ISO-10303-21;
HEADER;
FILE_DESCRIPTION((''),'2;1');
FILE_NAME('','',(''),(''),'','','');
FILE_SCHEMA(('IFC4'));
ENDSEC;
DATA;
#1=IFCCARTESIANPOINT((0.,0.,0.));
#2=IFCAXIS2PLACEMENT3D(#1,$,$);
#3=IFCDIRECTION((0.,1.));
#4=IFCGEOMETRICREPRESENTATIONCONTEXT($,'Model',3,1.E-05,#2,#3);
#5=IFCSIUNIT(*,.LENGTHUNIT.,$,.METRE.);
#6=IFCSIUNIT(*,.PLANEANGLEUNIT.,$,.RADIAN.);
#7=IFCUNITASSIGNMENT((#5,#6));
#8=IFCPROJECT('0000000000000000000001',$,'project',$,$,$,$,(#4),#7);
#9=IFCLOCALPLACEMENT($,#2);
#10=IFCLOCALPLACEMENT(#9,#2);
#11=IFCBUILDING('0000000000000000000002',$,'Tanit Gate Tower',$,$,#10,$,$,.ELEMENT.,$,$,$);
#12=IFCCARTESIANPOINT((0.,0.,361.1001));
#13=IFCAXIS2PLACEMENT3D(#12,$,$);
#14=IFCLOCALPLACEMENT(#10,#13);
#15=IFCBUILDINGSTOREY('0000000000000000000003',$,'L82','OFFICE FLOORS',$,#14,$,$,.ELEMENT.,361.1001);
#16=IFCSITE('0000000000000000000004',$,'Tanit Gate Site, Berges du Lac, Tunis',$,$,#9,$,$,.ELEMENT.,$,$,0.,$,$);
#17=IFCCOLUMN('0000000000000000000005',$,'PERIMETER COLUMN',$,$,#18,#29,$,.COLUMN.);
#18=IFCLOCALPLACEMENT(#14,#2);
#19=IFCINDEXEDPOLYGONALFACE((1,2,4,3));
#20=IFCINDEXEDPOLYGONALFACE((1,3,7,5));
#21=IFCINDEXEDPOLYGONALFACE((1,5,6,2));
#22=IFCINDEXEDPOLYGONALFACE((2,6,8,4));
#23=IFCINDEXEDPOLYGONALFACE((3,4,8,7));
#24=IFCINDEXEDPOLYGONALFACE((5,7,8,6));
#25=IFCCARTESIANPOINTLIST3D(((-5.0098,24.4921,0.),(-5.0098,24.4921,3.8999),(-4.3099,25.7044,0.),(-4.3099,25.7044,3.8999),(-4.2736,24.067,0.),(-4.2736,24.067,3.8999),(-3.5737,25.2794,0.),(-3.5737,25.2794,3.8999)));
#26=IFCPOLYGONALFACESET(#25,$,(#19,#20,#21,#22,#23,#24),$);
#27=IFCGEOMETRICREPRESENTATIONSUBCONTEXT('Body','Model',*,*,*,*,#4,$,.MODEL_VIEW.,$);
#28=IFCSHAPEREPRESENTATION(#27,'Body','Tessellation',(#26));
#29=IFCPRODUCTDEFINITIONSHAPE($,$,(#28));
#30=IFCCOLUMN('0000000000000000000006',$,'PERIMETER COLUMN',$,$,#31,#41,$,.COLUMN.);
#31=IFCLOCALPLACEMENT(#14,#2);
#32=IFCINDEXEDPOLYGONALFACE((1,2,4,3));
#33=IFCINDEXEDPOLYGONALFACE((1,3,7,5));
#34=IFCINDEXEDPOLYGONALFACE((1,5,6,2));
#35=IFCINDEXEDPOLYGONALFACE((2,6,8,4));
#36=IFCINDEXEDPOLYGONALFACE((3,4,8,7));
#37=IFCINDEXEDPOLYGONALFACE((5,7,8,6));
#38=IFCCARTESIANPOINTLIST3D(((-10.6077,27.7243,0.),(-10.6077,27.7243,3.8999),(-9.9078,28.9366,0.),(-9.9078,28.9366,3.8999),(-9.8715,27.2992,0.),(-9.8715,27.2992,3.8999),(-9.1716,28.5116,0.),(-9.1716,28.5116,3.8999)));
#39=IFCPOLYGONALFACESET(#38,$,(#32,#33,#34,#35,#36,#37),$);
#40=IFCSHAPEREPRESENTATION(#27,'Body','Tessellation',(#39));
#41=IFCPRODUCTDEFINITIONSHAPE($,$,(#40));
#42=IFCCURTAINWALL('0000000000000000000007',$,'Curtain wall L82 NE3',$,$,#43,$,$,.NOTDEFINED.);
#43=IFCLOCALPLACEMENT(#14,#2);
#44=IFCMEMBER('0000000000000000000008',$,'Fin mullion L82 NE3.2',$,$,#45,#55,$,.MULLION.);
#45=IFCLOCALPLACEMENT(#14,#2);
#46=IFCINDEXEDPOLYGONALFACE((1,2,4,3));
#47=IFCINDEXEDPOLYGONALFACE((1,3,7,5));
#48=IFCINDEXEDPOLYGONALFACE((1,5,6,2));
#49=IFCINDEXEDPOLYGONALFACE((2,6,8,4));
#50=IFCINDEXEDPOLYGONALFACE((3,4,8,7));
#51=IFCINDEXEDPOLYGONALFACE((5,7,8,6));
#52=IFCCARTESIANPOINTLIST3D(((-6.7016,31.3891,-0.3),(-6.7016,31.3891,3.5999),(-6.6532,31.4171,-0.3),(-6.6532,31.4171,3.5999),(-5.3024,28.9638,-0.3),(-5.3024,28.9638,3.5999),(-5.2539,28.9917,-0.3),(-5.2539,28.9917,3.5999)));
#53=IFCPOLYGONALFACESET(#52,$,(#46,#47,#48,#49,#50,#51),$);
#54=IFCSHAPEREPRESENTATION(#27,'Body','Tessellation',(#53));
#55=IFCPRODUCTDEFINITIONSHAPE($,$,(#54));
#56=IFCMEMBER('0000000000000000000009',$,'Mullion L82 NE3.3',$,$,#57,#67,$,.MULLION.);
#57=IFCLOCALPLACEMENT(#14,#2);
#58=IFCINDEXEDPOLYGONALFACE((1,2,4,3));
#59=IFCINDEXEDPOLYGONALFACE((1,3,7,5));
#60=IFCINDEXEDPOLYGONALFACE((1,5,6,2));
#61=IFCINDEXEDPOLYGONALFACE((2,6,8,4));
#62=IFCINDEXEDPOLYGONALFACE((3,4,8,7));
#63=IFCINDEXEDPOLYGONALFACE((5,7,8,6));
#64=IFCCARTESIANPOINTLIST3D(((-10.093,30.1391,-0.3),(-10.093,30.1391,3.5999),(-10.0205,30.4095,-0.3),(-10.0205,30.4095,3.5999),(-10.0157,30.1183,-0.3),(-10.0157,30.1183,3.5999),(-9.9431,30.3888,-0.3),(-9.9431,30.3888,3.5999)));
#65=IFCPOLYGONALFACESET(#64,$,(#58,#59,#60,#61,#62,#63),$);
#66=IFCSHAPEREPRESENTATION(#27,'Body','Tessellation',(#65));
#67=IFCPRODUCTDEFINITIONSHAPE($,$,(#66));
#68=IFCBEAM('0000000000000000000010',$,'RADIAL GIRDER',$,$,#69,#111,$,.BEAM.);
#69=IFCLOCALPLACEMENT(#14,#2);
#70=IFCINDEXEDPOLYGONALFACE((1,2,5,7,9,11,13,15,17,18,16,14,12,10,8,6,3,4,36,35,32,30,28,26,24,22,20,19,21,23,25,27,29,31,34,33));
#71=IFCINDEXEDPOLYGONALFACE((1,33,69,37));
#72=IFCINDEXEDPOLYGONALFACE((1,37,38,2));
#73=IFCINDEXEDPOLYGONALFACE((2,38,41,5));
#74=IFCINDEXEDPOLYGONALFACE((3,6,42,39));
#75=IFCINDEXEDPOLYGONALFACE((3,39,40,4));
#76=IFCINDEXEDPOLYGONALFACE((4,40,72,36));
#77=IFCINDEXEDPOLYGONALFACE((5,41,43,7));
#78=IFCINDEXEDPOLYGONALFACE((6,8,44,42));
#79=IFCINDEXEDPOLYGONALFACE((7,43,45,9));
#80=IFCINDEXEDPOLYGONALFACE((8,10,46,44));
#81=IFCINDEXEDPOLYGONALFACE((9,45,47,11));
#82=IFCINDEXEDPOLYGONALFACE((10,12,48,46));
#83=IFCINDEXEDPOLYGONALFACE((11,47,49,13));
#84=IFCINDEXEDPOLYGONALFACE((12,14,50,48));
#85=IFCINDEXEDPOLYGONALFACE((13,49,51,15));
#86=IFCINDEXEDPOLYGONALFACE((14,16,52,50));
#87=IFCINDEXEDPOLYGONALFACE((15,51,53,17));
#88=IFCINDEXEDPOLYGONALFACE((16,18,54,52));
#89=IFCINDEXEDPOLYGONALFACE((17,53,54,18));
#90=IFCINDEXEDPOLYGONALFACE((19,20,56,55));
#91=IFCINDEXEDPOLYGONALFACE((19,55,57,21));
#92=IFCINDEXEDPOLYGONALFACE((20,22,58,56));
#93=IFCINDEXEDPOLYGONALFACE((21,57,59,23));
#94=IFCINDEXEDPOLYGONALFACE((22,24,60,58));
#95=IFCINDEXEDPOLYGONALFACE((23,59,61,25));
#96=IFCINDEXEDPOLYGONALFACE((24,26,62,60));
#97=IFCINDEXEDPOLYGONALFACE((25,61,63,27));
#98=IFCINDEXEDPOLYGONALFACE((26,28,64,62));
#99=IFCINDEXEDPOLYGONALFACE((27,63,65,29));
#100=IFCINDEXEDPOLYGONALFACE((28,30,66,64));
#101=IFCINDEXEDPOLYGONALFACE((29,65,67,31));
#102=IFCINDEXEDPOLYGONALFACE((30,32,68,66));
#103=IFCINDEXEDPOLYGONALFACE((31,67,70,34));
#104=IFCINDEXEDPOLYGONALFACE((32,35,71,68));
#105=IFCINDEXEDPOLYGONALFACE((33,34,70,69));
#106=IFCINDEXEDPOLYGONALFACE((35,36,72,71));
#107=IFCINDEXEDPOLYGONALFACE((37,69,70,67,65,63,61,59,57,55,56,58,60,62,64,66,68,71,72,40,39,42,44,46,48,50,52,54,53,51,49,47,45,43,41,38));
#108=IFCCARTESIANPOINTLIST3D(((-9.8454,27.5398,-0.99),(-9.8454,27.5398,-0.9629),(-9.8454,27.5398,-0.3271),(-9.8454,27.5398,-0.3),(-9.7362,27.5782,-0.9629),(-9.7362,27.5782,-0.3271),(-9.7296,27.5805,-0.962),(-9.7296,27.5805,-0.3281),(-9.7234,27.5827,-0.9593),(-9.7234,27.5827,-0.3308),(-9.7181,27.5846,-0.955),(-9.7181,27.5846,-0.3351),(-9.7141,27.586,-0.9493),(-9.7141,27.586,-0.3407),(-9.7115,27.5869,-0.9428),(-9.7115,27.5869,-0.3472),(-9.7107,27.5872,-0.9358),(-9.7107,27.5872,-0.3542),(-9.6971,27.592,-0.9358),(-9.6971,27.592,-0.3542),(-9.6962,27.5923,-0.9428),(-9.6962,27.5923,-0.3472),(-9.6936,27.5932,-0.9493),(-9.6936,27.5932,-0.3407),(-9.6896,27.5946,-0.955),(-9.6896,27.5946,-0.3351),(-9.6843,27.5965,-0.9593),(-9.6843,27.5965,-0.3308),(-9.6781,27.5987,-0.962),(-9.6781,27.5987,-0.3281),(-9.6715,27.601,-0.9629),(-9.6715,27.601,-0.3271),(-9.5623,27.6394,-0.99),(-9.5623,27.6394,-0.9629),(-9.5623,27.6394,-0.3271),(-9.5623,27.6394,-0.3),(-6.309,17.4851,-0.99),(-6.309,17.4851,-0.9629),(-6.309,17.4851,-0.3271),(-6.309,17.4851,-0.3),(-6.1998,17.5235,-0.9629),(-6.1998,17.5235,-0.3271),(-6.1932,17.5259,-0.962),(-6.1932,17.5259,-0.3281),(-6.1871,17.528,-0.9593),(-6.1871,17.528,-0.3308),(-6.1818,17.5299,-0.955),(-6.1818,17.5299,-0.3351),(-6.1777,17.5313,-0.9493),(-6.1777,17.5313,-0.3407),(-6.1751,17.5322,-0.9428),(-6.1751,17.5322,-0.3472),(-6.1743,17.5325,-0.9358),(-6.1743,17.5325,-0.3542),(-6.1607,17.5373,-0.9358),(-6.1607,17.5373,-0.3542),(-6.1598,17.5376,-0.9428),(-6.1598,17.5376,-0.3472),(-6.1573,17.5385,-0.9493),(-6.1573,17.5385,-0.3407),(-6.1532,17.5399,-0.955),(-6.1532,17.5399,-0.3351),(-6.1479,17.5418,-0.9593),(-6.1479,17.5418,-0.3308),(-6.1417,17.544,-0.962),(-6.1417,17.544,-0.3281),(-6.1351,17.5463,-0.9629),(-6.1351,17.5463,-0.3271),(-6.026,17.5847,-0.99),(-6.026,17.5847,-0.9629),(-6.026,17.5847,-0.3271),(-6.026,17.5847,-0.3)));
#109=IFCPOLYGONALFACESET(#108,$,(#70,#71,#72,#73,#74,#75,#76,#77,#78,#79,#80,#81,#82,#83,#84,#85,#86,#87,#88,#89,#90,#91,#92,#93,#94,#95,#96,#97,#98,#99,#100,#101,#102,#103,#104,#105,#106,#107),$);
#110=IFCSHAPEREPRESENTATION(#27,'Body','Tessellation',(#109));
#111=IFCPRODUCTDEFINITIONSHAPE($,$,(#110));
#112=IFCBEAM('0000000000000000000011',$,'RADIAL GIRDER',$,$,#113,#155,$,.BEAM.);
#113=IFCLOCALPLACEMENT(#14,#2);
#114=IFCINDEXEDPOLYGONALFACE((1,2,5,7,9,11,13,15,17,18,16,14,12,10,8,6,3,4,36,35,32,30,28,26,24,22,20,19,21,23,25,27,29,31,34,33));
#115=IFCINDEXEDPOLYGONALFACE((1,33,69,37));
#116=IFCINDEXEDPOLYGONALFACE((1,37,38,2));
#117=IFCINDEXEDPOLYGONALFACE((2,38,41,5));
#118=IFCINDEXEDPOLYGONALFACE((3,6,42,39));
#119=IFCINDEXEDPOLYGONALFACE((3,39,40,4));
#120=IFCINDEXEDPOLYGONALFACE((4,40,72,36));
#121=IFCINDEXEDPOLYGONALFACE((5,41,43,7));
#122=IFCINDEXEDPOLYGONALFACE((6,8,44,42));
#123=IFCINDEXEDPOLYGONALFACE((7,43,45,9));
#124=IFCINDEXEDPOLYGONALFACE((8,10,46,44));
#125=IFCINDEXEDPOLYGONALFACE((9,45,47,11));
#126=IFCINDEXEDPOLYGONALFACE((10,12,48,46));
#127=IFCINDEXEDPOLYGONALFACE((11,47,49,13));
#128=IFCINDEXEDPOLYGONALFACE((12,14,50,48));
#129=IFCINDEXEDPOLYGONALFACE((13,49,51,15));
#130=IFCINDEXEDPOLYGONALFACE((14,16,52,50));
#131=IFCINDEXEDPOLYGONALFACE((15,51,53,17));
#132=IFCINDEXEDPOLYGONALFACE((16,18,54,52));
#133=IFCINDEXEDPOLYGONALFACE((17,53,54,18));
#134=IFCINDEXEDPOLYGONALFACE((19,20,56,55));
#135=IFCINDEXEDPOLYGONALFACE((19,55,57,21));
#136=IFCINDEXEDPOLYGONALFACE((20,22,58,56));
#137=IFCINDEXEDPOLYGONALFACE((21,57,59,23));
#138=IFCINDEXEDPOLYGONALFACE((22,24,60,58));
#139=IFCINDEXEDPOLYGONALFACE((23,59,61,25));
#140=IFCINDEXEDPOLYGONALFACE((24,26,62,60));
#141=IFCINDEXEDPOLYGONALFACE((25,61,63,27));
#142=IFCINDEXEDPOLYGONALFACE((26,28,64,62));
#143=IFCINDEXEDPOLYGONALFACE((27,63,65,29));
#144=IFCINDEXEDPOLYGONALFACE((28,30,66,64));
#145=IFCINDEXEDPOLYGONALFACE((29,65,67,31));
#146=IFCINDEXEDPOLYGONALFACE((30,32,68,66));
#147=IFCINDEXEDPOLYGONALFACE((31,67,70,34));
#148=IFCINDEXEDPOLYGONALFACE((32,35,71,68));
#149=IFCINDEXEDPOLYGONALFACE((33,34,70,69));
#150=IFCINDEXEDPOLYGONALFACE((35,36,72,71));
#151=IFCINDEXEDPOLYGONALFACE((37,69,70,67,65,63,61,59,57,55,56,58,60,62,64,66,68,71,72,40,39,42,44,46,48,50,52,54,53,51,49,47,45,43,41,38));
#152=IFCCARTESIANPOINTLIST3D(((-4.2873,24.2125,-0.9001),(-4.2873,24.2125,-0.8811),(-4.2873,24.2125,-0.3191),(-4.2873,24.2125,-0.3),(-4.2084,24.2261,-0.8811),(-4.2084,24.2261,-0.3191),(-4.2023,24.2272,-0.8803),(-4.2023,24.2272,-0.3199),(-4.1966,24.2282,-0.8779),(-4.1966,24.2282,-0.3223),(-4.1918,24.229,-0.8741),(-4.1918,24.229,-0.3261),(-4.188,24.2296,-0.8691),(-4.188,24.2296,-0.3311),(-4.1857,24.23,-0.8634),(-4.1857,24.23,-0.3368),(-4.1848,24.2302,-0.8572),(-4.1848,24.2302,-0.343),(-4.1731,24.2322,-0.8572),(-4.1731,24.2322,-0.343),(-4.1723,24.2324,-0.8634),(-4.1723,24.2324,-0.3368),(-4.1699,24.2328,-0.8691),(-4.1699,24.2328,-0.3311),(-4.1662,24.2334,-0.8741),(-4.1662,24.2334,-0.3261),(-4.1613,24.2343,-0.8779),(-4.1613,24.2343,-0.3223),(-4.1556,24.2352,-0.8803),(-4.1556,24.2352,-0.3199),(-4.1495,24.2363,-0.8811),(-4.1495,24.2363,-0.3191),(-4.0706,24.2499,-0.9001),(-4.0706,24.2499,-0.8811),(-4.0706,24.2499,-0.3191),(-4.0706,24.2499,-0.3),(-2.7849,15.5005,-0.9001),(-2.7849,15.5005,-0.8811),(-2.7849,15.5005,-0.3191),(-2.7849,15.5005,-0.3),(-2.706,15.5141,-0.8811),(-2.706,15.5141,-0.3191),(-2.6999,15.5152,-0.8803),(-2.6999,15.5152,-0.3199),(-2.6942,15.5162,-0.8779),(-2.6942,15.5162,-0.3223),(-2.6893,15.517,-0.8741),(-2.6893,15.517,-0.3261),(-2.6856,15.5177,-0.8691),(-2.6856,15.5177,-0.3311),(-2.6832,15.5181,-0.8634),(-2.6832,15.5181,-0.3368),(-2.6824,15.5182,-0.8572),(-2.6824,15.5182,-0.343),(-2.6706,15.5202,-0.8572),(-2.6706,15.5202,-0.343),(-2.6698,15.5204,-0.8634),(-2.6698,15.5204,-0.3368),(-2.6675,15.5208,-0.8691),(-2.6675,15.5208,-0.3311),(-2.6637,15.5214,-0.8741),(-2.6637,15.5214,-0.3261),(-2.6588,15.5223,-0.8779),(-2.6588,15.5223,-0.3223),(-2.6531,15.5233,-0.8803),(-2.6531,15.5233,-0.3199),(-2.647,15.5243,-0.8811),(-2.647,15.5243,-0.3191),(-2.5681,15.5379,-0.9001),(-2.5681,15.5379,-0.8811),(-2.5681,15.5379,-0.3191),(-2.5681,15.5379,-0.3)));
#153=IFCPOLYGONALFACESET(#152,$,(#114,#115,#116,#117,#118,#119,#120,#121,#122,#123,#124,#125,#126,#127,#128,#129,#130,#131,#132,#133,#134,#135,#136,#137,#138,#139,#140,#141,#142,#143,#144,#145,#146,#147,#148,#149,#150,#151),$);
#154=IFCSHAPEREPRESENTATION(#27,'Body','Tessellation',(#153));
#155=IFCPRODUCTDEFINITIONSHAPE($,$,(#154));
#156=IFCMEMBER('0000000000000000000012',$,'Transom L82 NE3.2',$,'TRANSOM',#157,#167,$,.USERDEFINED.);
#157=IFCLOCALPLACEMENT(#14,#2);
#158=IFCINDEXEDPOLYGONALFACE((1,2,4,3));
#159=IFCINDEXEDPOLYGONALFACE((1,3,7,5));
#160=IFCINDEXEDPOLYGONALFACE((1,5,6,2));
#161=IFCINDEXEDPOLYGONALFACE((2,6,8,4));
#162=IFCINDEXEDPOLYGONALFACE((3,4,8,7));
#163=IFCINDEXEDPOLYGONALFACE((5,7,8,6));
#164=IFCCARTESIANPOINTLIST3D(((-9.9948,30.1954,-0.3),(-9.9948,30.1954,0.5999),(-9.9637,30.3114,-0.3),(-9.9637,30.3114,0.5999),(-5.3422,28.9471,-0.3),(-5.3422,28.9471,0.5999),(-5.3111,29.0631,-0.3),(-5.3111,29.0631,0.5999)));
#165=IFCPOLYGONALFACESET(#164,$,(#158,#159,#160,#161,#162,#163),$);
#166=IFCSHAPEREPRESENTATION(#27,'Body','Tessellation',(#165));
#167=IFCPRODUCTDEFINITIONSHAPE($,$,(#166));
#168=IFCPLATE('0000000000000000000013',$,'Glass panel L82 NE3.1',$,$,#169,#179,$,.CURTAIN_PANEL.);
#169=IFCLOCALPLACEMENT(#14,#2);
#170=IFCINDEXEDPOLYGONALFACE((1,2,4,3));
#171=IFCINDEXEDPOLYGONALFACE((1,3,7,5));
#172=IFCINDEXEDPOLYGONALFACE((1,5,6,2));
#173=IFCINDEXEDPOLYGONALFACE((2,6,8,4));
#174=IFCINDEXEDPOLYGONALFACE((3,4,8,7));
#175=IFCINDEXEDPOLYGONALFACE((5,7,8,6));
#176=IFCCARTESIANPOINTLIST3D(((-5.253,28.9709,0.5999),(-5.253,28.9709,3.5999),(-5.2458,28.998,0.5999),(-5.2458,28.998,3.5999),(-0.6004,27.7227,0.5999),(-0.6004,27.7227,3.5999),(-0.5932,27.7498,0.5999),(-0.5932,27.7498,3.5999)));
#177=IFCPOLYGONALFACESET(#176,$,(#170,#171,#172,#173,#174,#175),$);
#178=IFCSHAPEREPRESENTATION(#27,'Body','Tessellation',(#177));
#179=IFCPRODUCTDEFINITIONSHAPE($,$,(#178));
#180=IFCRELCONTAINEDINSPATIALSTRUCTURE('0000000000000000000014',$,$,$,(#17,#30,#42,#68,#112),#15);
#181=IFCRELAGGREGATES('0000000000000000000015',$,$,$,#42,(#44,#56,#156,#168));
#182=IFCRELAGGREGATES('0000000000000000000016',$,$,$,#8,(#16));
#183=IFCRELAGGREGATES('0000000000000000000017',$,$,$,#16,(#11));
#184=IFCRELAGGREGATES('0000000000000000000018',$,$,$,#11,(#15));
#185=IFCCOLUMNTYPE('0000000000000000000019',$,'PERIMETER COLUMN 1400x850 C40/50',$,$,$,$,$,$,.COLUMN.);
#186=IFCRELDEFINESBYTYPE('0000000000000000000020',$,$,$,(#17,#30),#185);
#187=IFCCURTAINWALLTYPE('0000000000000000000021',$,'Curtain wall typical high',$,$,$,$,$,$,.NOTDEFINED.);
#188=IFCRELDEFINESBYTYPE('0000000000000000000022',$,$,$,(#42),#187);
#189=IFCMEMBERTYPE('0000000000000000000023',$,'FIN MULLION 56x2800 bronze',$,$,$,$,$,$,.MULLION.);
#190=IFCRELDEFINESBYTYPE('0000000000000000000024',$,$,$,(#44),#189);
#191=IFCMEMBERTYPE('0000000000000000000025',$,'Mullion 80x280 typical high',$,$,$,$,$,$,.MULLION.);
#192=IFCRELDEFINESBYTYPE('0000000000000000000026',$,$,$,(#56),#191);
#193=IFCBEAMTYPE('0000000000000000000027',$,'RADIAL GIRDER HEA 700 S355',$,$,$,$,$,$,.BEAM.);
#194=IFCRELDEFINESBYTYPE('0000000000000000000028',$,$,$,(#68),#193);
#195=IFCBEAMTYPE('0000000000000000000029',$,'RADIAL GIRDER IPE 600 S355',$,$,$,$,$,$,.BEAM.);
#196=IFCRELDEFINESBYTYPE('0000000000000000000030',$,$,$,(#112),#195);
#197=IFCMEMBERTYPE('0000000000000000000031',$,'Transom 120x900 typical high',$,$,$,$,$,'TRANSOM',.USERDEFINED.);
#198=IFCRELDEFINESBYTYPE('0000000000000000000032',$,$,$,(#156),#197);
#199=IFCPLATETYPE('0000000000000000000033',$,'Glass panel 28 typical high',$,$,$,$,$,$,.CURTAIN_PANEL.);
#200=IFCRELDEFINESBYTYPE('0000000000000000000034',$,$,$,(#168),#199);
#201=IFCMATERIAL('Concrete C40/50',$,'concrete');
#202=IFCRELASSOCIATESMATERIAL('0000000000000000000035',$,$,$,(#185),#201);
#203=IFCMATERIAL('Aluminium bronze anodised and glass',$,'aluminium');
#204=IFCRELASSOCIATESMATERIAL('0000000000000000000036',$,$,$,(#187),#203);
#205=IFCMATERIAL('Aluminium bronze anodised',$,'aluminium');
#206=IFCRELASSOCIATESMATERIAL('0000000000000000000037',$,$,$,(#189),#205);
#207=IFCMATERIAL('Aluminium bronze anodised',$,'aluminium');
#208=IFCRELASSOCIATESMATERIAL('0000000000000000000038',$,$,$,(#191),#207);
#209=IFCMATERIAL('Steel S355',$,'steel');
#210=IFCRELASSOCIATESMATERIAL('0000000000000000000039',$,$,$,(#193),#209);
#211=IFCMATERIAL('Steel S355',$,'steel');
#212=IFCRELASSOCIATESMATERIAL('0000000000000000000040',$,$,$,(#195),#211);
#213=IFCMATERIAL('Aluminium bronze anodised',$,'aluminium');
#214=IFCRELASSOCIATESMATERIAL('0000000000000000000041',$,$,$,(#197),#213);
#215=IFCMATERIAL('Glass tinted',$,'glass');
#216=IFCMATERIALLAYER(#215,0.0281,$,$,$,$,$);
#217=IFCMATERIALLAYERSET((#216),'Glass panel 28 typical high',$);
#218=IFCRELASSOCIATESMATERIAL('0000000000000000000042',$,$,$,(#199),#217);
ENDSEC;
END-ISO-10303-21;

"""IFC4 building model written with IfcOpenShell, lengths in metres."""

from ifc_helpers import new_model, si_unit, direction, frame, origin, origin_2d, place, context, subcontext, project, spatial, rectangle, i_section, extrude, material, layer, layer_set, material_profile, profile_set, type_object, element, aggregate, save


model = new_model("IFC4")

# Units and contexts
model_context = context("Model", 3, precision=1e-05, world=origin(), true_north=direction((0.0, 1.0)))
body_context = subcontext(model_context, "Body", "Model", "MODEL_VIEW")
ifc_project = project(units=[si_unit("LENGTHUNIT", "METRE"), si_unit("PLANEANGLEUNIT", "RADIAN")], contexts=[model_context])

# Site, building, storey
site_placement = place(None, origin())
site = spatial("IfcSite", under=ifc_project, at=site_placement, Name="Tanit Gate Site, Berges du Lac, Tunis", CompositionType="ELEMENT", RefElevation=0.0)
building_placement = place(site_placement, origin())
building = spatial("IfcBuilding", under=site, at=building_placement, Name="Tanit Gate Tower", CompositionType="ELEMENT")
storey_placement = place(building_placement, frame((0.0, 0.0, 361.1001)))
storey = spatial("IfcBuildingStorey", under=building, at=storey_placement, Name="L82", Description="OFFICE FLOORS", CompositionType="ELEMENT", Elevation=361.1001)

# Columns
ifc_material_1 = material(Name="Concrete C40/50", Category="concrete")
ifc_material_profile_1 = material_profile(ifc_material_1, rectangle(XDim=1.3999, YDim=0.8501, at=origin_2d()), Name="RC 1400x850")
ifc_profile_set_1 = profile_set([ifc_material_profile_1], Name="Concrete C40/50")
column_type = type_object("IfcColumnType", Name="PERIMETER COLUMN 1400x850 C40/50", PredefinedType="COLUMN", material=ifc_profile_set_1)
for number, where, z_axis, x_axis, name in (
    (1, (-4.2917, 24.8857, 0.0), (0.0, 0.0, 1.0), (0.5, 0.866025, 0.0), "PERIMETER COLUMN"),
    (2, (-9.8896, 28.1179, 0.0), (0.0, 0.0, 1.0), (0.5, 0.866025, 0.0), "PERIMETER COLUMN"),
):
    element("IfcColumn", number, at=place(storey_placement, frame(where, z_axis=z_axis, x_axis=x_axis)), inside=storey, type_object=column_type, Name=name, PredefinedType="COLUMN", context=body_context, shape_type="SweptSolid", body=[
        extrude(rectangle(XDim=1.3999, YDim=0.8501, at=origin_2d()), origin(), (0.0, 0.0, 1.0), 3.8999),
    ])

# Curtain wall, members
ifc_material_2 = material(Name="Aluminium bronze anodised and glass", Category="aluminium")
curtain_wall_type = type_object("IfcCurtainWallType", Name="Curtain wall typical high", PredefinedType="NOTDEFINED", material=ifc_material_2)
curtain_wall_placement = place(storey_placement, origin())
curtain_wall = element("IfcCurtainWall", 3, at=curtain_wall_placement, inside=storey, type_object=curtain_wall_type, Name="Curtain wall L82 NE3", PredefinedType="NOTDEFINED")
ifc_material_3 = material(Name="Aluminium bronze anodised", Category="aluminium")
ifc_material_profile_2 = material_profile(ifc_material_3, rectangle(XDim=2.8, YDim=0.0559, at=origin_2d()), Name="56x2800 bronze fin mullion")
ifc_profile_set_2 = profile_set([ifc_material_profile_2], Name="Aluminium bronze anodised")
member_type_1 = type_object("IfcMemberType", Name="FIN MULLION 56x2800 bronze", PredefinedType="MULLION", material=ifc_profile_set_2)
member_1_placement = place(storey_placement, frame((-5.9778, 30.1904, -0.3), z_axis=(0.0, 0.0, 1.0), x_axis=(0.499728, -0.866182, 0.0)))
member_1 = element("IfcMember", 4, at=member_1_placement, type_object=member_type_1, Name="Fin mullion L82 NE3.2", PredefinedType="MULLION", context=body_context, shape_type="SweptSolid", body=[
    extrude(rectangle(XDim=2.8, YDim=0.0559, at=origin_2d()), origin(), (0.0, 0.0, 1.0), 3.8999),
])
ifc_material_4 = material(Name="Aluminium bronze anodised", Category="aluminium")
ifc_material_profile_3 = material_profile(ifc_material_4, rectangle(XDim=0.28, YDim=0.0801, at=origin_2d()), Name="80x280 bronze mullion")
ifc_profile_set_3 = profile_set([ifc_material_profile_3], Name="Aluminium bronze anodised")
member_type_2 = type_object("IfcMemberType", Name="Mullion 80x280 typical high", PredefinedType="MULLION", material=ifc_profile_set_3)
member_2_placement = place(storey_placement, frame((-10.0181, 30.2639, -0.3), z_axis=(0.0, 0.0, 1.0), x_axis=(-0.259122, -0.965845, 0.0)))
member_2 = element("IfcMember", 5, at=member_2_placement, type_object=member_type_2, Name="Mullion L82 NE3.3", PredefinedType="MULLION", context=body_context, shape_type="SweptSolid", body=[
    extrude(rectangle(XDim=0.28, YDim=0.0801, at=origin_2d()), origin(), (0.0, 0.0, 1.0), 3.8999),
])

# Beams
ifc_material_5 = material(Name="Steel S355", Category="steel")
ifc_material_profile_4 = material_profile(ifc_material_5, i_section(OverallWidth=0.3, OverallDepth=0.6899, WebThickness=0.0144, FlangeThickness=0.0271, FilletRadius=0.0271, at=origin_2d()), Name="HEA 700")
ifc_profile_set_4 = profile_set([ifc_material_profile_4], Name="Steel S355")
beam_type_1 = type_object("IfcBeamType", Name="RADIAL GIRDER HEA 700 S355", PredefinedType="BEAM", material=ifc_profile_set_4)
beam_1_placement = place(storey_placement, frame((-9.7039, 27.5896, -0.645), z_axis=(0.331791, -0.943353, 0.0), x_axis=(0.943353, 0.331791, 0.0)))
element("IfcBeam", 6, at=beam_1_placement, inside=storey, type_object=beam_type_1, Name="RADIAL GIRDER", PredefinedType="BEAM", context=body_context, shape_type="SweptSolid", body=[
    extrude(i_section(OverallWidth=0.3, OverallDepth=0.6899, WebThickness=0.0144, FlangeThickness=0.0271, FilletRadius=0.0271, at=origin_2d()), origin(), (0.0, 0.0, 1.0), 10.6584),
])
ifc_material_6 = material(Name="Steel S355", Category="steel")
ifc_material_profile_5 = material_profile(ifc_material_6, i_section(OverallWidth=0.22, OverallDepth=0.6001, WebThickness=0.012, FlangeThickness=0.019, FilletRadius=0.0239, at=origin_2d()), Name="IPE 600")
ifc_profile_set_5 = profile_set([ifc_material_profile_5], Name="Steel S355")
beam_type_2 = type_object("IfcBeamType", Name="RADIAL GIRDER IPE 600 S355", PredefinedType="BEAM", material=ifc_profile_set_5)
beam_2_placement = place(storey_placement, frame((-4.179, 24.2312, -0.6001), z_axis=(0.169949, -0.985453, 0.0), x_axis=(0.985453, 0.169949, 0.0)))
element("IfcBeam", 7, at=beam_2_placement, inside=storey, type_object=beam_type_2, Name="RADIAL GIRDER", PredefinedType="BEAM", context=body_context, shape_type="SweptSolid", body=[
    extrude(i_section(OverallWidth=0.22, OverallDepth=0.6001, WebThickness=0.012, FlangeThickness=0.019, FilletRadius=0.0239, at=origin_2d()), origin(), (0.0, 0.0, 1.0), 8.8406),
])

# Member
ifc_material_7 = material(Name="Aluminium bronze anodised", Category="aluminium")
ifc_material_profile_6 = material_profile(ifc_material_7, rectangle(XDim=0.1201, YDim=0.8999, at=origin_2d()), Name="120x900 bronze transom")
ifc_profile_set_6 = profile_set([ifc_material_profile_6], Name="Aluminium bronze anodised")
member_type_3 = type_object("IfcMemberType", Name="Transom 120x900 typical high", ElementType="TRANSOM", PredefinedType="USERDEFINED", material=ifc_profile_set_6)
member_3_placement = place(storey_placement, frame((-5.3267, 29.0051, 0.1499), z_axis=(-0.965841, 0.259135, 0.0), x_axis=(-0.259135, -0.965841, 0.0)))
member_3 = element("IfcMember", 8, at=member_3_placement, type_object=member_type_3, Name="Transom L82 NE3.2", ObjectType="TRANSOM", PredefinedType="USERDEFINED", context=body_context, shape_type="SweptSolid", body=[
    extrude(rectangle(XDim=0.1201, YDim=0.8999, at=origin_2d()), origin(), (0.0, 0.0, 1.0), 4.8171),
])

# Plate
ifc_material_8 = material(Name="Glass tinted", Category="glass")
ifc_layer_1 = layer(ifc_material_8, 0.0281)
ifc_layer_set_1 = layer_set([ifc_layer_1], Name="Glass panel 28 typical high")
plate_type = type_object("IfcPlateType", Name="Glass panel 28 typical high", PredefinedType="CURTAIN_PANEL", material=ifc_layer_set_1)
plate_1_placement = place(storey_placement, frame((-2.9231, 28.3604, 0.5999), z_axis=(0.0, 0.0, 1.0), x_axis=(-0.965845, 0.259122, 0.0)))
plate_1 = element("IfcPlate", 9, at=plate_1_placement, type_object=plate_type, Name="Glass panel L82 NE3.1", PredefinedType="CURTAIN_PANEL", context=body_context, shape_type="SweptSolid", body=[
    extrude(rectangle(XDim=4.8171, YDim=0.0281, at=origin_2d()), origin(), (0.0, 0.0, 1.0), 3.0),
])
aggregate(curtain_wall, [member_1, member_2, member_3, plate_1])

save(model, "model.ifc")
